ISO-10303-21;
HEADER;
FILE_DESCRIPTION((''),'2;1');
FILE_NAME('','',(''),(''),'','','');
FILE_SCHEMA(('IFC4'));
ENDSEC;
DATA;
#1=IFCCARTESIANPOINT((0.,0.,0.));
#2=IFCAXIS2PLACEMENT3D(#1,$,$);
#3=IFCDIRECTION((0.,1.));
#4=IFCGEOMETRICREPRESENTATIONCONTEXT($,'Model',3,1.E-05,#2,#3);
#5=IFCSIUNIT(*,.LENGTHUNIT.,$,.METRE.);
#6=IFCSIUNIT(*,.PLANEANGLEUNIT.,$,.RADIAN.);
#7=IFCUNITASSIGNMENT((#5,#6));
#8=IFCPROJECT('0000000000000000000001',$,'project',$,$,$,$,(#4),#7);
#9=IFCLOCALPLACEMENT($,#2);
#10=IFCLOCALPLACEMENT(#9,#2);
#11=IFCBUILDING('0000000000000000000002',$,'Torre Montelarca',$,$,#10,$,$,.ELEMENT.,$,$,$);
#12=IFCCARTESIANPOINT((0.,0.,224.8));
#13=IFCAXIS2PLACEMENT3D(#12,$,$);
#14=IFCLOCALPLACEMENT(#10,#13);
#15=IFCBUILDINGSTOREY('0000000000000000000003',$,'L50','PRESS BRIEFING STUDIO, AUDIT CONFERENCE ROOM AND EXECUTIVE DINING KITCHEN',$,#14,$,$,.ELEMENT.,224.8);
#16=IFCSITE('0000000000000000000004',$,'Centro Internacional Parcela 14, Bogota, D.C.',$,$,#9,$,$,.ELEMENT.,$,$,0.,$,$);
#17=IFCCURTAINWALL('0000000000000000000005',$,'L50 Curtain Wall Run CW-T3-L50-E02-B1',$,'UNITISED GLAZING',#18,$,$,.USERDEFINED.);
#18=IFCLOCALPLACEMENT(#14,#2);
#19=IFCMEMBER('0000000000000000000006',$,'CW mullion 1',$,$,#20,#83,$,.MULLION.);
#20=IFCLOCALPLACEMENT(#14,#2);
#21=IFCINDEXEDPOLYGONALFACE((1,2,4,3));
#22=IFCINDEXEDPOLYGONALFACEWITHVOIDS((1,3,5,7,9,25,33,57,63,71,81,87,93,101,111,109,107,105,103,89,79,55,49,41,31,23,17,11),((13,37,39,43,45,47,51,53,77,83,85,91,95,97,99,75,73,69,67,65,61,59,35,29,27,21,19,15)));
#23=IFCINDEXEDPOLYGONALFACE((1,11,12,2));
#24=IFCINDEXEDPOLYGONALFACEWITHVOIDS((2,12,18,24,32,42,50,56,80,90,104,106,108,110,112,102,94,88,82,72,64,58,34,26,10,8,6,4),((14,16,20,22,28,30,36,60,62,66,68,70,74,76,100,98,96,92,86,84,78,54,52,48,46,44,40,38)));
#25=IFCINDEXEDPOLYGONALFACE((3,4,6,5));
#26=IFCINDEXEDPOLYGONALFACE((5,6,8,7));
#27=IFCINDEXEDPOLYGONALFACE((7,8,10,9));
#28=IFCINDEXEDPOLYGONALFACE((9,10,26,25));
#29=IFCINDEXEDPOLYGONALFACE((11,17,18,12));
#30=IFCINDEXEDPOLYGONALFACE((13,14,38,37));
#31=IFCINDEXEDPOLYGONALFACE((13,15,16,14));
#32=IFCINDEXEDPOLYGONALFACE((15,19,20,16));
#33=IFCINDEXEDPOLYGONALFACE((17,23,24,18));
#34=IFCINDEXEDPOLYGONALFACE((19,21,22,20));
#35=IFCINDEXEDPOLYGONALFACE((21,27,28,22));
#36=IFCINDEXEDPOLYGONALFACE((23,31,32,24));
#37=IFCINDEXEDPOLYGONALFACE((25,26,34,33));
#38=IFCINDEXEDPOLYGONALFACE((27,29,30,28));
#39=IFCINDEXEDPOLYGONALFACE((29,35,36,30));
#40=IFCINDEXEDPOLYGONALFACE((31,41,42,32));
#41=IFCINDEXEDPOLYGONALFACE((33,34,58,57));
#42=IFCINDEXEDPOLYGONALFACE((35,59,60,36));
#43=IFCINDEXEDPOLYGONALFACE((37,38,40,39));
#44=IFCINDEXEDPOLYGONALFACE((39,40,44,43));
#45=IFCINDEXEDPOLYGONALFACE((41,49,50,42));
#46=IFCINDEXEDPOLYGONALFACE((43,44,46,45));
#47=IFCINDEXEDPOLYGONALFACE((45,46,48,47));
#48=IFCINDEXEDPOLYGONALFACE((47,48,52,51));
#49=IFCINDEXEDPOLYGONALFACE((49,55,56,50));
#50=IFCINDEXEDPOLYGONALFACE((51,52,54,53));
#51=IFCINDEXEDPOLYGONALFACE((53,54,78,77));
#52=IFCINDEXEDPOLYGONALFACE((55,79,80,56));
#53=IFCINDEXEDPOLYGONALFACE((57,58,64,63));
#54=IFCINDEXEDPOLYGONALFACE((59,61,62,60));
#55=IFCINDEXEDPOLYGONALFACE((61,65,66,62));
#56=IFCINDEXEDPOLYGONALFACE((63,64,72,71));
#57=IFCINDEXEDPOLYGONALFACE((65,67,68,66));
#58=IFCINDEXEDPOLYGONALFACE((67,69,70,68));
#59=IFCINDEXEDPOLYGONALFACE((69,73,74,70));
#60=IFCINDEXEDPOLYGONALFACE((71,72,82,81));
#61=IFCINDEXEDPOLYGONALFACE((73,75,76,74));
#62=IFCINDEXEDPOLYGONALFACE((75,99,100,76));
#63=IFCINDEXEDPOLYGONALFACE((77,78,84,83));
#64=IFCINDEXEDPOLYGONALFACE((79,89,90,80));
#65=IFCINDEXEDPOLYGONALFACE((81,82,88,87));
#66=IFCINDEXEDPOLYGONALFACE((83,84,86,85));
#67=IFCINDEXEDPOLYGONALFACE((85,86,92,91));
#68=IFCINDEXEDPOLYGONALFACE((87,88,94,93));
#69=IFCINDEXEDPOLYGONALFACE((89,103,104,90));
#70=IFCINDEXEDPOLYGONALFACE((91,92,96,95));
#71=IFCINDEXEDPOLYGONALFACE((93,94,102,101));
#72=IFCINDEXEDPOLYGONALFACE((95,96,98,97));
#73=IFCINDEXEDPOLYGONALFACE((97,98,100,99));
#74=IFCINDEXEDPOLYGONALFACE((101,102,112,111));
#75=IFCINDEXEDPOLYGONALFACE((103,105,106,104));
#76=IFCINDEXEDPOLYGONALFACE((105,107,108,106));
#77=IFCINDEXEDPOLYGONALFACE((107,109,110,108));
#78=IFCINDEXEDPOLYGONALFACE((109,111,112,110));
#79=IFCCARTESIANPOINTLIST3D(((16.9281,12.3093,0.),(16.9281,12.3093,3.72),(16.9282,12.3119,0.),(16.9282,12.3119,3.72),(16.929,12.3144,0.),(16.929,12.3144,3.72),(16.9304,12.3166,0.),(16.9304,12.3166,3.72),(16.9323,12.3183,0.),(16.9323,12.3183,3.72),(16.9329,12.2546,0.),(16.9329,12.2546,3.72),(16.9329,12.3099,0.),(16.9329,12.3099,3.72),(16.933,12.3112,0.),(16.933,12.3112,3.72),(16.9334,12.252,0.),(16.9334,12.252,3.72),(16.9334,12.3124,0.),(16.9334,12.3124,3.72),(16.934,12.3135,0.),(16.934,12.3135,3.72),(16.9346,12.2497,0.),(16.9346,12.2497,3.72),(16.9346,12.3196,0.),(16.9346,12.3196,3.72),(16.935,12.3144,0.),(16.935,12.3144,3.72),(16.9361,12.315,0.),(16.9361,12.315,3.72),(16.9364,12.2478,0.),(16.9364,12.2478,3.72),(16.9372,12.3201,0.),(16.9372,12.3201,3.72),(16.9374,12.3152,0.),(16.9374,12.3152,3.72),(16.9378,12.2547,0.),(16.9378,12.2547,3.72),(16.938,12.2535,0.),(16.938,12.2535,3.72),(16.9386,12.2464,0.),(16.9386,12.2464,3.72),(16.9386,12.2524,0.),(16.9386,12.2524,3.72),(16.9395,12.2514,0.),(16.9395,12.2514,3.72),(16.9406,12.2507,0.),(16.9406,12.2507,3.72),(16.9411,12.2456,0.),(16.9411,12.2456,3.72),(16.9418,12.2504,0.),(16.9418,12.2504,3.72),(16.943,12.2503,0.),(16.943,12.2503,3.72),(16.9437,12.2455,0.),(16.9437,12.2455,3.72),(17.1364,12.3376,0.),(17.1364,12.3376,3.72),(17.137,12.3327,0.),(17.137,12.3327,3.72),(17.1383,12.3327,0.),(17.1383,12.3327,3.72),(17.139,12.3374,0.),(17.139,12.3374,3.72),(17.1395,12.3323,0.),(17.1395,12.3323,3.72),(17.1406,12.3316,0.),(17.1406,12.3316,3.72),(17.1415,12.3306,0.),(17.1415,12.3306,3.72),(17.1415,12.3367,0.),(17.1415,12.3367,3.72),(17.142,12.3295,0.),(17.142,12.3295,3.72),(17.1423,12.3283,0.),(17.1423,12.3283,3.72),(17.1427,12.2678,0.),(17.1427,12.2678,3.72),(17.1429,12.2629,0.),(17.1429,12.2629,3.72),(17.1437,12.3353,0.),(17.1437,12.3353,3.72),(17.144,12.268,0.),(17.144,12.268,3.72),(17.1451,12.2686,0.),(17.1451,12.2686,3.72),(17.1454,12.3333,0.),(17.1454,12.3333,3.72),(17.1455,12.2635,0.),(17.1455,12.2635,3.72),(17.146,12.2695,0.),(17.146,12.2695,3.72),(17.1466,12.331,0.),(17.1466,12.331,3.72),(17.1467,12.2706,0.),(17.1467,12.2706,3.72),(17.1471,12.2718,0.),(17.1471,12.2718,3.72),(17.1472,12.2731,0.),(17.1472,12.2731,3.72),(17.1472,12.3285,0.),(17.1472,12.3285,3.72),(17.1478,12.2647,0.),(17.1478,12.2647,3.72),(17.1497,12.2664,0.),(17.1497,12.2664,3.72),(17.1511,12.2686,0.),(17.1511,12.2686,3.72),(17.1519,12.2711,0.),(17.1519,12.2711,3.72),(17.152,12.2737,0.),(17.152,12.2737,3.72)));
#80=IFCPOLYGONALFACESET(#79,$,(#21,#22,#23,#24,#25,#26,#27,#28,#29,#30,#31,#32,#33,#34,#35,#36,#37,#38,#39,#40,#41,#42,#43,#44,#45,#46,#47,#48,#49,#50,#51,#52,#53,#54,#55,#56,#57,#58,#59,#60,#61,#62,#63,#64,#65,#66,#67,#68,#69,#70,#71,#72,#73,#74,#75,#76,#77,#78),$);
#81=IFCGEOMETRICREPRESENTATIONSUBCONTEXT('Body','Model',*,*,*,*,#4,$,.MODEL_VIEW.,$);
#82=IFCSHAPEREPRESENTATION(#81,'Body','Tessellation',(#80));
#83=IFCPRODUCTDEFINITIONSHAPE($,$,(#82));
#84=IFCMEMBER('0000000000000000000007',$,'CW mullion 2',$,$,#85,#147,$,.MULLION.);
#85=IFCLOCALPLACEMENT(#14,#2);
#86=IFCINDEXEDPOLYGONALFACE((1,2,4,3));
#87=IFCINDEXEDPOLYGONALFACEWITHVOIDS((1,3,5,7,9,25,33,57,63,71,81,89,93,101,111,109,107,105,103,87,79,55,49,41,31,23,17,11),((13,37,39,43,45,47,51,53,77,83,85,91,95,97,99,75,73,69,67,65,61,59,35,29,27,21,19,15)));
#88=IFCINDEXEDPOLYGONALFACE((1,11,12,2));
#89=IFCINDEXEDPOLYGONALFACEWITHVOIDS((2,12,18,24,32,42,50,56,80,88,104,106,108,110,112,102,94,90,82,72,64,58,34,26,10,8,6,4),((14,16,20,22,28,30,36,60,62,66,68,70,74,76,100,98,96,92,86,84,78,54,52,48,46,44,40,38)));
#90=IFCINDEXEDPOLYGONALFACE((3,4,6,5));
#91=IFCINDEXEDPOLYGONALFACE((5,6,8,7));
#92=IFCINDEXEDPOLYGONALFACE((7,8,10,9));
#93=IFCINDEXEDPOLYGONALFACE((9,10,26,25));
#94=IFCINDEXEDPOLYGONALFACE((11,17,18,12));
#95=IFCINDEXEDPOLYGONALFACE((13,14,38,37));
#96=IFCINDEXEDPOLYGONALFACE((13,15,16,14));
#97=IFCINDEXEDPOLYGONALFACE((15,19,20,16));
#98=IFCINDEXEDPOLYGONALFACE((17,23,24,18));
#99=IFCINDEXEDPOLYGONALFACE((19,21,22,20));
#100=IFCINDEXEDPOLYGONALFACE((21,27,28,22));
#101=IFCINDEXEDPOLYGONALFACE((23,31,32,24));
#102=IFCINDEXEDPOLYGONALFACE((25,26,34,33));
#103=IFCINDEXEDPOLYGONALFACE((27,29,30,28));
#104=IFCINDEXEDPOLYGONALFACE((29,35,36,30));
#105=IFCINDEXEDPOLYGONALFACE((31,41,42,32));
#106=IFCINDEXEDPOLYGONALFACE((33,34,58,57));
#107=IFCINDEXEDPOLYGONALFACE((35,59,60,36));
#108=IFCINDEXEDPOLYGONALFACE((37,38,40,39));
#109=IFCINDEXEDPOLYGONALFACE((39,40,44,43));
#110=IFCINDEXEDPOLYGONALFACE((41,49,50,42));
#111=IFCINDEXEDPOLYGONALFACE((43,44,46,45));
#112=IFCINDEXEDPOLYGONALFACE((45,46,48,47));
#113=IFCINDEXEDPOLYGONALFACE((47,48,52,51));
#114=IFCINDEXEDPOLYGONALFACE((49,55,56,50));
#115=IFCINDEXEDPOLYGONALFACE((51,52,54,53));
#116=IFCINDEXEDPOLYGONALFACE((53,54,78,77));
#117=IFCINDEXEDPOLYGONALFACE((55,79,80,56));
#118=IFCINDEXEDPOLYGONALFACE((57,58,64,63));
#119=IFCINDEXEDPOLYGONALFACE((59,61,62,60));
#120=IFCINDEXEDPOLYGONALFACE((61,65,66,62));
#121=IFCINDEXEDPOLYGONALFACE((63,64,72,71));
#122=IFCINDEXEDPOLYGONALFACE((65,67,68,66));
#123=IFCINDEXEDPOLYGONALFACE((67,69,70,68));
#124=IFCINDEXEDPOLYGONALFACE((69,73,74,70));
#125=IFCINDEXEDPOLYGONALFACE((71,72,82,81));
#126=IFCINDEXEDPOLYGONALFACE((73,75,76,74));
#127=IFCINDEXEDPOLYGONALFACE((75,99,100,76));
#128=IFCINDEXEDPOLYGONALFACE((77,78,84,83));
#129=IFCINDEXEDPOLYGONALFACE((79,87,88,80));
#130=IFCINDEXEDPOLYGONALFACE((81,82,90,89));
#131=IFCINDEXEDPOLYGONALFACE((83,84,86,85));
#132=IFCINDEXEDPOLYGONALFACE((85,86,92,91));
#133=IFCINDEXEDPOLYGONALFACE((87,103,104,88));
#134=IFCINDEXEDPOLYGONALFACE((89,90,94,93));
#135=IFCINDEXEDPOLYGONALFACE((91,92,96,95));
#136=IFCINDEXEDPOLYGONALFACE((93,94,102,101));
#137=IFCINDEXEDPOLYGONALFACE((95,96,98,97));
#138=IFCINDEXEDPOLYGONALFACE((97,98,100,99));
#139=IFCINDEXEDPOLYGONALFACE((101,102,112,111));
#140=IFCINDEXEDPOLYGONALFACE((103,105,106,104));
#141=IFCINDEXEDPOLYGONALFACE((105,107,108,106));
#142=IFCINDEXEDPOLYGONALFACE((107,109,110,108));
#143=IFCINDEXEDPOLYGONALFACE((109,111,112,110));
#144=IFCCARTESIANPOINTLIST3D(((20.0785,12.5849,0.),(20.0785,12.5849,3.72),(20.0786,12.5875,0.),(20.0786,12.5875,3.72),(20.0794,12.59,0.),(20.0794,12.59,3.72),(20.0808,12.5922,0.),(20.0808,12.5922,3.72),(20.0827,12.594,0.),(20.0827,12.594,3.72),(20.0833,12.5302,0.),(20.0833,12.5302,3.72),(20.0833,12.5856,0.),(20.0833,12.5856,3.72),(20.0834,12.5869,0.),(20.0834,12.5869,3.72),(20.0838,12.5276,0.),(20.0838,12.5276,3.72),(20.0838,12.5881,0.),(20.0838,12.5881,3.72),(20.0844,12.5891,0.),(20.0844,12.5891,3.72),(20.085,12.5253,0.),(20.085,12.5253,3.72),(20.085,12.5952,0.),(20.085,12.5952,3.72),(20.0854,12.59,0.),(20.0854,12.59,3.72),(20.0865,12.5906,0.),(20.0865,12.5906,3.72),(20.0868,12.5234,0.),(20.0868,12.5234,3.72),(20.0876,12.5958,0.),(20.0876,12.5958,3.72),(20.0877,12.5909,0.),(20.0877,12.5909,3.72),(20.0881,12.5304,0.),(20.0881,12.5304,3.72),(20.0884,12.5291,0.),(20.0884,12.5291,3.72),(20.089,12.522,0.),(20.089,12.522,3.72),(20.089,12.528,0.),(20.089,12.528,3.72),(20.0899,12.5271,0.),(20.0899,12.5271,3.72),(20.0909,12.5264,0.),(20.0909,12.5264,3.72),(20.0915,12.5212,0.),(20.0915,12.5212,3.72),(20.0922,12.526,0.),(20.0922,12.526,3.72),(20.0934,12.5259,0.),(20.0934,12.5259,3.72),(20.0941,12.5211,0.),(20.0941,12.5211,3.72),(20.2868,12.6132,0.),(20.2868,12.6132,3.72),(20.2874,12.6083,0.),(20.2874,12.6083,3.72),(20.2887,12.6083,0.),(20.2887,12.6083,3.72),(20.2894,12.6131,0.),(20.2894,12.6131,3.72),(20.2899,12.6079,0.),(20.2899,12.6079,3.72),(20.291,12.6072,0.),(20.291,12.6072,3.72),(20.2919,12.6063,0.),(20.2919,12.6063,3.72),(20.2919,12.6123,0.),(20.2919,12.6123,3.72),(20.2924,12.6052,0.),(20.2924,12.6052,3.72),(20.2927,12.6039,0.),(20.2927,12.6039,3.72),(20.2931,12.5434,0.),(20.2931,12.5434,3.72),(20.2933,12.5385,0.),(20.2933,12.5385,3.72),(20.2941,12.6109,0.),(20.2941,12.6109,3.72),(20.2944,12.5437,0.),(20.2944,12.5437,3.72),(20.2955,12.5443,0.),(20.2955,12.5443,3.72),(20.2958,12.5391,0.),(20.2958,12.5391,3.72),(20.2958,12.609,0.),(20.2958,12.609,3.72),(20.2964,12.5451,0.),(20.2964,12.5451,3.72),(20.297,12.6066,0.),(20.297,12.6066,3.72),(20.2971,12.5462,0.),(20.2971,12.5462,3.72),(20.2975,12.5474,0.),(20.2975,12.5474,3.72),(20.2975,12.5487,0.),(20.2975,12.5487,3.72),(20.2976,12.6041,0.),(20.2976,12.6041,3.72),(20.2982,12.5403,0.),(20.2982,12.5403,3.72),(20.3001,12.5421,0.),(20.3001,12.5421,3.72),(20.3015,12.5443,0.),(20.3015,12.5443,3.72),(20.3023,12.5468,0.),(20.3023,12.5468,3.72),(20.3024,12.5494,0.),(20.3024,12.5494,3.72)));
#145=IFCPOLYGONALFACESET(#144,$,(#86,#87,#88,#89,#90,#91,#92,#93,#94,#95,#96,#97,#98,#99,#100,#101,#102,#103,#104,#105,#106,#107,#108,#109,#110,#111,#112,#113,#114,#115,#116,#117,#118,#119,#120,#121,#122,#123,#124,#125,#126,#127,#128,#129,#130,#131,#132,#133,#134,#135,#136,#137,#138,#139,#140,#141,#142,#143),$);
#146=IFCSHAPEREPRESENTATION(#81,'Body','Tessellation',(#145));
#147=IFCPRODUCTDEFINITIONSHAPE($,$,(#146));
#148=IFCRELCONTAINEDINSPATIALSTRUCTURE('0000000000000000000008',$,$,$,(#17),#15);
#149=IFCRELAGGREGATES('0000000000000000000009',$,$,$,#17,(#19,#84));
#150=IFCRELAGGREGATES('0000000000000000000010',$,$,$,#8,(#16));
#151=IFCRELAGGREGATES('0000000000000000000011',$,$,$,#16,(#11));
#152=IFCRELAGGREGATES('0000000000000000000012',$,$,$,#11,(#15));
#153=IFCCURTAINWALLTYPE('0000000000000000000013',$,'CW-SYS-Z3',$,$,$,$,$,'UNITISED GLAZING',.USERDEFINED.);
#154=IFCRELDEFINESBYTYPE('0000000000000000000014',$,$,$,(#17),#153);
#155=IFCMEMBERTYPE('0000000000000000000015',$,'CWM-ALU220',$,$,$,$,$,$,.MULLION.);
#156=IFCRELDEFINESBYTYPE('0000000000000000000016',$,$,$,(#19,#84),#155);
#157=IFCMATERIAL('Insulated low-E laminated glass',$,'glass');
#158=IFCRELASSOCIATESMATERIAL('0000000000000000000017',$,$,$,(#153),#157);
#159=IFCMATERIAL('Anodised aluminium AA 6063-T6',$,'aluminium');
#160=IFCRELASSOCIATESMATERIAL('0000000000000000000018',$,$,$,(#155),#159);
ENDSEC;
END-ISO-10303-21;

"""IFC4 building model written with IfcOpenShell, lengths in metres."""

from ifc_helpers import new_model, si_unit, direction, frame, origin, origin_2d, place, context, subcontext, project, spatial, hollow_rectangle, extrude, source, transform, mapped, material, material_profile, profile_set, type_object, element, aggregate, save


model = new_model("IFC4")

# Units and contexts
model_context = context("Model", 3, precision=1e-05, world=origin(), true_north=direction((0.0, 1.0)))
body_context = subcontext(model_context, "Body", "Model", "MODEL_VIEW")
ifc_project = project(units=[si_unit("LENGTHUNIT", "METRE"), si_unit("PLANEANGLEUNIT", "RADIAN")], contexts=[model_context])

# Site, building, storey
site_placement = place(None, origin())
site = spatial("IfcSite", under=ifc_project, at=site_placement, Name="Centro Internacional Parcela 14, Bogota, D.C.", CompositionType="ELEMENT", RefElevation=0.0)
building_placement = place(site_placement, origin())
building = spatial("IfcBuilding", under=site, at=building_placement, Name="Torre Montelarca", CompositionType="ELEMENT")
storey_placement = place(building_placement, frame((0.0, 0.0, 224.8)))
storey = spatial("IfcBuildingStorey", under=building, at=storey_placement, Name="L50", Description="PRESS BRIEFING STUDIO, AUDIT CONFERENCE ROOM AND EXECUTIVE DINING KITCHEN", CompositionType="ELEMENT", Elevation=224.8)

# Curtain wall
ifc_material_1 = material(Name="Insulated low-E laminated glass", Category="glass")
curtain_wall_type = type_object("IfcCurtainWallType", Name="CW-SYS-Z3", ElementType="UNITISED GLAZING", PredefinedType="USERDEFINED", material=ifc_material_1)
curtain_wall_1_placement = place(storey_placement, origin())
curtain_wall_1 = element("IfcCurtainWall", 1, at=curtain_wall_1_placement, inside=storey, type_object=curtain_wall_type, Name="L50 Curtain Wall Run CW-T3-L50-E02-B1", ObjectType="UNITISED GLAZING", PredefinedType="USERDEFINED")
ifc_material_2 = material(Name="Anodised aluminium AA 6063-T6", Category="aluminium")

# Shared definitions
ifc_material_profile_1 = material_profile(ifc_material_2, hollow_rectangle(XDim=0.075, YDim=0.22, WallThickness=0.0049, InnerFilletRadius=0.0049, OuterFilletRadius=0.01, at=origin_2d()), Name="ALU75X220X5", Category="aluminium")
ifc_profile_set_1 = profile_set([ifc_material_profile_1], Name="Anodised aluminium AA 6063-T6")
member_type_1 = type_object("IfcMemberType", Name="CWM-ALU220", PredefinedType="MULLION", material=ifc_profile_set_1)
shared_shape_1 = source(origin(), body_context, "Body", "SweptSolid", [
    extrude(hollow_rectangle(XDim=0.075, YDim=0.22, WallThickness=0.0049, InnerFilletRadius=0.0049, OuterFilletRadius=0.01, at=origin_2d()), origin(), (0.0, 0.0, 1.0), 3.72),
])

# Members
member_1_placement = place(storey_placement, frame((17.04, 12.2915, 0.0), z_axis=(0.0, 0.0, 1.0), x_axis=(-0.087189, 0.996192, 0.0)))
member_1 = element("IfcMember", 2, at=member_1_placement, type_object=member_type_1, Name="CW mullion 1", PredefinedType="MULLION", context=body_context, shape_type="MappedRepresentation", body=[
    mapped(shared_shape_1, transform((0.0, 0.0, 0.0), scale=1.0)),
])
member_2_placement = place(storey_placement, frame((20.1904, 12.5671, 0.0), z_axis=(0.0, 0.0, 1.0), x_axis=(-0.087189, 0.996192, 0.0)))
member_2 = element("IfcMember", 3, at=member_2_placement, type_object=member_type_1, Name="CW mullion 2", PredefinedType="MULLION", context=body_context, shape_type="MappedRepresentation", body=[
    mapped(shared_shape_1, transform((0.0, 0.0, 0.0), scale=1.0)),
])

aggregate(curtain_wall_1, [member_1, member_2])

save(model, "model.ifc")
